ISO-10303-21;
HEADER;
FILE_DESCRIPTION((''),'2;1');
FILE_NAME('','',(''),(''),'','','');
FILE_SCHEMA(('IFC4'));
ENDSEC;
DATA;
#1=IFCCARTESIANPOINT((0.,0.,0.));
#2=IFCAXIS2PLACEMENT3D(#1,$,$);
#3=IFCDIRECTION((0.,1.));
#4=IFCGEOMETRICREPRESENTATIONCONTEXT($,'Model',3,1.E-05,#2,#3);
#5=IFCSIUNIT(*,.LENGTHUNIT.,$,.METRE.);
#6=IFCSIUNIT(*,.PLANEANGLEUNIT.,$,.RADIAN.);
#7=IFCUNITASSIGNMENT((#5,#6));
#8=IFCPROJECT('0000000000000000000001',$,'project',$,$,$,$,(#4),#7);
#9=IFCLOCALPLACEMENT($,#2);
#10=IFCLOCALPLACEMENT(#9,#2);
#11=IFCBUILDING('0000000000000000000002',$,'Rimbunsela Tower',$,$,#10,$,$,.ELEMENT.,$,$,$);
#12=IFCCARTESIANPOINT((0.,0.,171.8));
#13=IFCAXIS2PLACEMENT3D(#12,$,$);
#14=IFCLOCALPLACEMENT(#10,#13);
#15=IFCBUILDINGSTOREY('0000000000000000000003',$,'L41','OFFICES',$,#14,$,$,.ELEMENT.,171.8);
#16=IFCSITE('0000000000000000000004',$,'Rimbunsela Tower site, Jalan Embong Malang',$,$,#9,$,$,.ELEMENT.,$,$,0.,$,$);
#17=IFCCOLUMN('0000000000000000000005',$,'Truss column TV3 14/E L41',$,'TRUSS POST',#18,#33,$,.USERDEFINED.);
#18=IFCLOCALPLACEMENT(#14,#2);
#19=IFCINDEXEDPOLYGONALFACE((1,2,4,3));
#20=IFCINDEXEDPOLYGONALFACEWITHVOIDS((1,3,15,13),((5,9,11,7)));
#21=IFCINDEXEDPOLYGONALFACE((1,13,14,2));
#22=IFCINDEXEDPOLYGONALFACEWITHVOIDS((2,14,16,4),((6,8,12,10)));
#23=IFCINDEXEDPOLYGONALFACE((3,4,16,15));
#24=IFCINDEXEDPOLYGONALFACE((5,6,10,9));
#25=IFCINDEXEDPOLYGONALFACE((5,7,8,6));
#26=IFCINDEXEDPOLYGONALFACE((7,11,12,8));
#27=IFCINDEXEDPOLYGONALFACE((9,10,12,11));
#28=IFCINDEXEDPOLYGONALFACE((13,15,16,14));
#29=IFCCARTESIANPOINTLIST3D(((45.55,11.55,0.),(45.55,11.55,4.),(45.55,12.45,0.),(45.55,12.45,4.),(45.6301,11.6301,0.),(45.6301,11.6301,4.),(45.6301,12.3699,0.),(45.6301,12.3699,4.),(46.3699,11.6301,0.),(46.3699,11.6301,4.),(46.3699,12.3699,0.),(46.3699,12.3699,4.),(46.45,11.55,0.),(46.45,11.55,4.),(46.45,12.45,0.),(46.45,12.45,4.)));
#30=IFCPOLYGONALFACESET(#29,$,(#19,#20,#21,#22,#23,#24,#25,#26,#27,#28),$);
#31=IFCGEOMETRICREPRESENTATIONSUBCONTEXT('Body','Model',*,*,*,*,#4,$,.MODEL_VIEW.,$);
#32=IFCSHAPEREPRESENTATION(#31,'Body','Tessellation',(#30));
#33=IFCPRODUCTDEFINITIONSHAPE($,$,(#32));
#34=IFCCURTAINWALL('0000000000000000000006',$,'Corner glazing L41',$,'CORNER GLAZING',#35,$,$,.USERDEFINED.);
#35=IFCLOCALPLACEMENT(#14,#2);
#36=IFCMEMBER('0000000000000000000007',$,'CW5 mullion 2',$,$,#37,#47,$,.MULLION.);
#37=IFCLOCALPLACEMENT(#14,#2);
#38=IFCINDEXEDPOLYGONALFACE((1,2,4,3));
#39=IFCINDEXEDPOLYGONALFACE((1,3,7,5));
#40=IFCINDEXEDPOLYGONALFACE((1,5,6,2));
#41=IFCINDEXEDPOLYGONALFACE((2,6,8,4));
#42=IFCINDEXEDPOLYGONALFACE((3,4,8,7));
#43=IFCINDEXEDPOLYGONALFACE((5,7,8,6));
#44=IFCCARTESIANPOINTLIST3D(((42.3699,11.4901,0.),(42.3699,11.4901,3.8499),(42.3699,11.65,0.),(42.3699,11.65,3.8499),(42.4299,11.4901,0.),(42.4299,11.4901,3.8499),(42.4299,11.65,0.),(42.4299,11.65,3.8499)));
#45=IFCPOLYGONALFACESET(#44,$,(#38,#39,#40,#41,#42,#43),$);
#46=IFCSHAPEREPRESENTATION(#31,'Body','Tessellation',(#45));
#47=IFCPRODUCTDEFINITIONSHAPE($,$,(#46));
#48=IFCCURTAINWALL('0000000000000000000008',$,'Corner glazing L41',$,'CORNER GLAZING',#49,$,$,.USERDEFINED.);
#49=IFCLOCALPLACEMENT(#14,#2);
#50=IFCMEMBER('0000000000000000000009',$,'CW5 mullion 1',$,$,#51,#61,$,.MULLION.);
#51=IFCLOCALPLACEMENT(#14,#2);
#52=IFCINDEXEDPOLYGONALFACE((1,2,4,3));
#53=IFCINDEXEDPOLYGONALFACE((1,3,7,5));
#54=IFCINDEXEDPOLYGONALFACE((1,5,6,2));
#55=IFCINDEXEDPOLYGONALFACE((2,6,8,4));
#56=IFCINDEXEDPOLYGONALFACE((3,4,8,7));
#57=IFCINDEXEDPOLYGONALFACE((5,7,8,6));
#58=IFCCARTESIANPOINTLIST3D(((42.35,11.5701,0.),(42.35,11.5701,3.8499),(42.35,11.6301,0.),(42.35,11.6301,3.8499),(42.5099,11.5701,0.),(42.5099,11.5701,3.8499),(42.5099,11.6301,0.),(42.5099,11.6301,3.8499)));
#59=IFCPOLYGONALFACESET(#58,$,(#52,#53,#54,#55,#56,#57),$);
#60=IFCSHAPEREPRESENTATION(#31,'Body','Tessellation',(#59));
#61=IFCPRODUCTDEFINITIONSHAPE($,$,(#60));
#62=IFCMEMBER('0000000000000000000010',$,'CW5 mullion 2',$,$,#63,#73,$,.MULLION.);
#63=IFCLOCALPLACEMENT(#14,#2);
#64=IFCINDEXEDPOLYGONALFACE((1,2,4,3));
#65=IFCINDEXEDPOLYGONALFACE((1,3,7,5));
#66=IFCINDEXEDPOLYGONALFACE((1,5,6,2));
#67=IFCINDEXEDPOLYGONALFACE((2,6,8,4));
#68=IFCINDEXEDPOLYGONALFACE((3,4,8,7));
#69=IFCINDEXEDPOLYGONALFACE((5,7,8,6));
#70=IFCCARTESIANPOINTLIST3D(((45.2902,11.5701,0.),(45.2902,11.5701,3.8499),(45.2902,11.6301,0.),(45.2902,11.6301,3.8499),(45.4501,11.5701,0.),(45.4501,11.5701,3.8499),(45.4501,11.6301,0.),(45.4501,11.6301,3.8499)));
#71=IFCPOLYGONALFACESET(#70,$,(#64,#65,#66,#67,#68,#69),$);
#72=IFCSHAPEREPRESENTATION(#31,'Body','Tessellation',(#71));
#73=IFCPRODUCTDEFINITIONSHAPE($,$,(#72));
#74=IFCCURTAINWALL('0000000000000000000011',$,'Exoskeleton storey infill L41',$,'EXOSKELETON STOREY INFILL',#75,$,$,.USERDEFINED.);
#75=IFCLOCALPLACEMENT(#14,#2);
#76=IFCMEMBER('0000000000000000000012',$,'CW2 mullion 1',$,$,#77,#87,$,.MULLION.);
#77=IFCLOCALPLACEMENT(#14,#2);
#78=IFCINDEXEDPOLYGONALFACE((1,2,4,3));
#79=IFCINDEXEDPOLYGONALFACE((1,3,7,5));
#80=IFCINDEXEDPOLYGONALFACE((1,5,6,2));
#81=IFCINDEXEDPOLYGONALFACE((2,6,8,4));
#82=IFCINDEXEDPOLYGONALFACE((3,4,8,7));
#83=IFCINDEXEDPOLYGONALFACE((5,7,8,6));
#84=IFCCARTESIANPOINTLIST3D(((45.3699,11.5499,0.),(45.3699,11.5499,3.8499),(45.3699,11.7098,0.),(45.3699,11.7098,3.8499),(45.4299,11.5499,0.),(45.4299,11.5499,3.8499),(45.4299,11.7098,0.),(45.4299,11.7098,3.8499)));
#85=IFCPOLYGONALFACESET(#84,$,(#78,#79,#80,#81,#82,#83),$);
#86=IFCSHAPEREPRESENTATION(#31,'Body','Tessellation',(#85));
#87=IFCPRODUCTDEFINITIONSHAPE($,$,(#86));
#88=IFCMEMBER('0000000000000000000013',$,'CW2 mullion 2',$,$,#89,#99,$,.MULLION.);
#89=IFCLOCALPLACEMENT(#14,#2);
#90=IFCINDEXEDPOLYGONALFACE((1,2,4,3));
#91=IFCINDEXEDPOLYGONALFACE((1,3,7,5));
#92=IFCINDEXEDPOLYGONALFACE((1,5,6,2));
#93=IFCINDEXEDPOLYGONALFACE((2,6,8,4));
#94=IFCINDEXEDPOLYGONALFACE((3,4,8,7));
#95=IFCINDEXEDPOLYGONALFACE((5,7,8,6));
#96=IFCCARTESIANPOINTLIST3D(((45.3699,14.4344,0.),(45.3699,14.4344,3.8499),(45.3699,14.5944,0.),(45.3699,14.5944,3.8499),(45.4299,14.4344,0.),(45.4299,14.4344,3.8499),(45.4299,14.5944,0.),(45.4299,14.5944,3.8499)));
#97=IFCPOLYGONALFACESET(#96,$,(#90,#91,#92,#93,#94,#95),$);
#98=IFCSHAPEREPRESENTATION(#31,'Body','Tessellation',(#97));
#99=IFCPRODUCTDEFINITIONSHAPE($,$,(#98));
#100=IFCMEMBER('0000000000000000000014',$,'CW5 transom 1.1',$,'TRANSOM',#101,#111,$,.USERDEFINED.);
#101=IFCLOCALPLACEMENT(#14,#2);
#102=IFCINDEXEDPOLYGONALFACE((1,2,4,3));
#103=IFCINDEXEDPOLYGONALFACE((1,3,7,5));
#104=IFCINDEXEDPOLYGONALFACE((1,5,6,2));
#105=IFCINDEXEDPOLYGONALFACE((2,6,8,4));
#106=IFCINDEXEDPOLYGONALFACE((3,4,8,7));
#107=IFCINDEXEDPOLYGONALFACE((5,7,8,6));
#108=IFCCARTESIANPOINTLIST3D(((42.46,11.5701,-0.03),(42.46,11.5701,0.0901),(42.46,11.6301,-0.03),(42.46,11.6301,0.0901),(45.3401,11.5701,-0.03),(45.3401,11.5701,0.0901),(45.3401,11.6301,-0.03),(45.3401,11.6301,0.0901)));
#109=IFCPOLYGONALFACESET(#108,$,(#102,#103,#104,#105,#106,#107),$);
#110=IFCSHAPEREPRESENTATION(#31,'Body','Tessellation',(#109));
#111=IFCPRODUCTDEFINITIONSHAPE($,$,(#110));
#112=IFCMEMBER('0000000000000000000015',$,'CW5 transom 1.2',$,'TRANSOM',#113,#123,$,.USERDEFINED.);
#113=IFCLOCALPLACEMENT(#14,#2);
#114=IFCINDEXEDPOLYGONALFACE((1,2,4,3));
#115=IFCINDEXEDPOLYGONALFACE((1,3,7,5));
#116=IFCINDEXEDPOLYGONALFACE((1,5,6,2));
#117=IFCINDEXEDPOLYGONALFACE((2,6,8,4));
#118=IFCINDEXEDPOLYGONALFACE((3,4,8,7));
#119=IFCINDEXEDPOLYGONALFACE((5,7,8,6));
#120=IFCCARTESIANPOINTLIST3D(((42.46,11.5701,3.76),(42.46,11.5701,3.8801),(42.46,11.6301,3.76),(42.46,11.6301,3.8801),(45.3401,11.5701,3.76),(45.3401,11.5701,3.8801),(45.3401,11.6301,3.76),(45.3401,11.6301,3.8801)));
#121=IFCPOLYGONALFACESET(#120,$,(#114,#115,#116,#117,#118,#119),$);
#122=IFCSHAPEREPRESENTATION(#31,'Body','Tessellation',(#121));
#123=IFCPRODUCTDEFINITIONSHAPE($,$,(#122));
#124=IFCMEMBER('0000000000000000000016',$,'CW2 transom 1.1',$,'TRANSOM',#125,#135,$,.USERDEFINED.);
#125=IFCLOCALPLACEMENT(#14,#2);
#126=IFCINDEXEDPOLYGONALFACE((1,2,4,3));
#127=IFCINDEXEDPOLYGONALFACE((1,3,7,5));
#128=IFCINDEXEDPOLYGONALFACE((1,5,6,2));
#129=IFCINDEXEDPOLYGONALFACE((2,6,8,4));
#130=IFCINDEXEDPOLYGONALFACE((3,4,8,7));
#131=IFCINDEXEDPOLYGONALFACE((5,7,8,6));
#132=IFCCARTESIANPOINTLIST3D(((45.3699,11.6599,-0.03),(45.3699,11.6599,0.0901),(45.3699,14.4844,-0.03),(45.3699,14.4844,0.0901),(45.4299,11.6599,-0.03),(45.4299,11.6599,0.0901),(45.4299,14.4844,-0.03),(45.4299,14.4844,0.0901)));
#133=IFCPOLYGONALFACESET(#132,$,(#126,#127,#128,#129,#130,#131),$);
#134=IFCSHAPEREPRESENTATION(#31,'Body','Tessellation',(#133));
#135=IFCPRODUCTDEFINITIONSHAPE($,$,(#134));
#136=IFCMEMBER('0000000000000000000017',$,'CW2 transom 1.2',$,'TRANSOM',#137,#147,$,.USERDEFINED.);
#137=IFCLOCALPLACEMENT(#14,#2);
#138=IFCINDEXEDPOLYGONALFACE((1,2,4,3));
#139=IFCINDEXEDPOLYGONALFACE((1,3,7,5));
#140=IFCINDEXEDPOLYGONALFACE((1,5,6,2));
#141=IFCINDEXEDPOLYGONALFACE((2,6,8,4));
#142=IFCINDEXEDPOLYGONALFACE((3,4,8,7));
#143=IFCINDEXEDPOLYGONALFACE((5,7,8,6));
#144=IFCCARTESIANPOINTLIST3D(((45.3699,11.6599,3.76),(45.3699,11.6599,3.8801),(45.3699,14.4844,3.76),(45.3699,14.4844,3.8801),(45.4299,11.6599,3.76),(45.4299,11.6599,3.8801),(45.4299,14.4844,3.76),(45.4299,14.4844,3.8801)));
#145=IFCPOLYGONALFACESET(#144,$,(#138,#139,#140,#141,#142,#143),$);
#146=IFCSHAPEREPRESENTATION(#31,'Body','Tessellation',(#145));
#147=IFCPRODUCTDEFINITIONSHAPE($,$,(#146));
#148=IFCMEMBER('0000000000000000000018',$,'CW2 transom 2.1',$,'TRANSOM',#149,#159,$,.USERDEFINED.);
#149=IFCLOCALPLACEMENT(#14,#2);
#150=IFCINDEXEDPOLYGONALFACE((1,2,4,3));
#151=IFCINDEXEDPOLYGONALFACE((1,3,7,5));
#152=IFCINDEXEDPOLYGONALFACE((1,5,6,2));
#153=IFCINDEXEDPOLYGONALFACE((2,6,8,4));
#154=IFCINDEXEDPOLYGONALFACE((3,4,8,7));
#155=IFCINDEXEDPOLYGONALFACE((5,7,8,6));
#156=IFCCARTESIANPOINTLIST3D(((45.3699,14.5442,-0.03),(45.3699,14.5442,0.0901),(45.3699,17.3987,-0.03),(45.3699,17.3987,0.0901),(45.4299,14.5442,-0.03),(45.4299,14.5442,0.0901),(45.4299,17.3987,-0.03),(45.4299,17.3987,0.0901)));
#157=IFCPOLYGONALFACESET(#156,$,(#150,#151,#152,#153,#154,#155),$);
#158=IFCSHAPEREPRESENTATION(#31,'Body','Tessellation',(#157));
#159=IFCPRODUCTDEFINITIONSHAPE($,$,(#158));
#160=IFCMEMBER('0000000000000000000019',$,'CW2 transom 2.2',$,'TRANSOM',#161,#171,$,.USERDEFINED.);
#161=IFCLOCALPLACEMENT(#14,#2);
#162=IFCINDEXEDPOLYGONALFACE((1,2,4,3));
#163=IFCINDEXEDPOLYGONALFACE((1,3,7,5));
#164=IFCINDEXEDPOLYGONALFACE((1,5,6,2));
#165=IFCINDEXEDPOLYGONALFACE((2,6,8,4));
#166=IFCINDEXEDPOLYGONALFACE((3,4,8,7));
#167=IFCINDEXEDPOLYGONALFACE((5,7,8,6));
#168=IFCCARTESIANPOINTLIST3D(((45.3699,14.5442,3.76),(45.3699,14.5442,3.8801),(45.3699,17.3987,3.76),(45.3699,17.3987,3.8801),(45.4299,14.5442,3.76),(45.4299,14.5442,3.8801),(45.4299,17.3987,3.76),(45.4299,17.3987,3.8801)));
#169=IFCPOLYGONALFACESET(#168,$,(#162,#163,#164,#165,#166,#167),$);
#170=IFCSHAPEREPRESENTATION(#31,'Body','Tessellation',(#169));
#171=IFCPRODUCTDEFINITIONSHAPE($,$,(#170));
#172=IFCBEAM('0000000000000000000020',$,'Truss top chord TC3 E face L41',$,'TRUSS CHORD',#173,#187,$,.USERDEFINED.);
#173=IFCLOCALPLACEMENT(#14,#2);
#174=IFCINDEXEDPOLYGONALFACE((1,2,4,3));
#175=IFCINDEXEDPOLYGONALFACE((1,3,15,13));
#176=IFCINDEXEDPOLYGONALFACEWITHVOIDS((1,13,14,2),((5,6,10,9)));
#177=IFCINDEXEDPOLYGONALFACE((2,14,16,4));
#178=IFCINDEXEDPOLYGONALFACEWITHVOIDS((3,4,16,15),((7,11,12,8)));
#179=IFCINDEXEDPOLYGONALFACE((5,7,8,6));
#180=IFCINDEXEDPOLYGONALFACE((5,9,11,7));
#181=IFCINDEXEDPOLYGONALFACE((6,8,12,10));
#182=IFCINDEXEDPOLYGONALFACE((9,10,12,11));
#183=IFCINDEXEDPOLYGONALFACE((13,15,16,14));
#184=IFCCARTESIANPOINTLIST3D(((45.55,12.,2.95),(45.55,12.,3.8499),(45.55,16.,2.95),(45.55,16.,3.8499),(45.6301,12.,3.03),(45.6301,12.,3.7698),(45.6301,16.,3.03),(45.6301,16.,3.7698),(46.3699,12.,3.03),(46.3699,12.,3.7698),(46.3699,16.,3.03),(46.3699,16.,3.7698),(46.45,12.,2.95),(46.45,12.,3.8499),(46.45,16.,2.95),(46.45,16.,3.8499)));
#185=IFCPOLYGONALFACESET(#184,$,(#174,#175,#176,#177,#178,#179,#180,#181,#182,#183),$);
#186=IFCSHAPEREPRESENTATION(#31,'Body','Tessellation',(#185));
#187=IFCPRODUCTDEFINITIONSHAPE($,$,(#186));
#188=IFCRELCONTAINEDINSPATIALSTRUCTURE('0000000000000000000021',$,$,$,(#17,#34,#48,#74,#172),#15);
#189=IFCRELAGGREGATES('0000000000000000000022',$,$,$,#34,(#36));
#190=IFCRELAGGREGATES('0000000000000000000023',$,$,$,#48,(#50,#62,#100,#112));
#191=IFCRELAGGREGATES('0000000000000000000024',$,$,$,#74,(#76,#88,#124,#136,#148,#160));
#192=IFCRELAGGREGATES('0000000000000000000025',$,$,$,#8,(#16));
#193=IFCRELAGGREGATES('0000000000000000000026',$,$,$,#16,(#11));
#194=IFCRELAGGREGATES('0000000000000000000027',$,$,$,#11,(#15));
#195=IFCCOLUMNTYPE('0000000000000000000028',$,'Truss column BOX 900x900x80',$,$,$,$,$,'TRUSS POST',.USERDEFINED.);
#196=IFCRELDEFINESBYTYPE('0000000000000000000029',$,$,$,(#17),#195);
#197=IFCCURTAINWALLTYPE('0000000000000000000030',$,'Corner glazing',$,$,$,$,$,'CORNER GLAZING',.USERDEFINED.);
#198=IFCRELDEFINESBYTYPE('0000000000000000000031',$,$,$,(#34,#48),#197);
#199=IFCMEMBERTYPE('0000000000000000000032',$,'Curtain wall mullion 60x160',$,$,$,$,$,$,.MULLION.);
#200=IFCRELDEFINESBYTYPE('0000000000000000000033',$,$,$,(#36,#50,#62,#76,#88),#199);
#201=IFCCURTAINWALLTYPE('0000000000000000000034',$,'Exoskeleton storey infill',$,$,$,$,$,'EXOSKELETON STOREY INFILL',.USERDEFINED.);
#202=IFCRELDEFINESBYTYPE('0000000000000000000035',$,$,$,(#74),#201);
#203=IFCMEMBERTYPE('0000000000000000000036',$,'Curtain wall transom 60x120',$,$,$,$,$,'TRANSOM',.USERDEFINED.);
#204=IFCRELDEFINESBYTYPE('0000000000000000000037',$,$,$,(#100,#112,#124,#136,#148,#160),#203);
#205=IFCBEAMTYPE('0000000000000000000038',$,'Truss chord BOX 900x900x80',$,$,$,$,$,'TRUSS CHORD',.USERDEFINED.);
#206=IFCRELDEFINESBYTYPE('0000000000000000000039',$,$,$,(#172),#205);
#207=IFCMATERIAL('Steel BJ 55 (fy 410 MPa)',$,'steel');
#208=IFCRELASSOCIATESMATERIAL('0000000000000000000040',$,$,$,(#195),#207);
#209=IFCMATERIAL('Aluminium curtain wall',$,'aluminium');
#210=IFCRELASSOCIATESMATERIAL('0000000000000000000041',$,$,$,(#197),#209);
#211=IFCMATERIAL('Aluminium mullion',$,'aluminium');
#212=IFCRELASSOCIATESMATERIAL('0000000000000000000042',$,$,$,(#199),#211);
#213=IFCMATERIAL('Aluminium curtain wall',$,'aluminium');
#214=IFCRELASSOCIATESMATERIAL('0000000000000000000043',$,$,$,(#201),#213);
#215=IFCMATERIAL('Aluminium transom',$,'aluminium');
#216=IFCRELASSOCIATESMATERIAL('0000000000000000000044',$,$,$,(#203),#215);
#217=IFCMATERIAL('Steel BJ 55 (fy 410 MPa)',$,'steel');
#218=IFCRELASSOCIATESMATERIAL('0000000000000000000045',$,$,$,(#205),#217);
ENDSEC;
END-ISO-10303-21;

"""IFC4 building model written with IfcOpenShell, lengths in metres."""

from ifc_helpers import new_model, si_unit, direction, frame, origin, origin_2d, place, context, subcontext, project, spatial, rectangle, hollow_rectangle, extrude, material, material_profile, profile_set, type_object, element, aggregate, save


model = new_model("IFC4")

# Units and contexts
model_context = context("Model", 3, precision=1e-05, world=origin(), true_north=direction((0.0, 1.0)))
body_context = subcontext(model_context, "Body", "Model", "MODEL_VIEW")
ifc_project = project(units=[si_unit("LENGTHUNIT", "METRE"), si_unit("PLANEANGLEUNIT", "RADIAN")], contexts=[model_context])

# Site, building, storey
site_placement = place(None, origin())
site = spatial("IfcSite", under=ifc_project, at=site_placement, Name="Rimbunsela Tower site, Jalan Embong Malang", CompositionType="ELEMENT", RefElevation=0.0)
building_placement = place(site_placement, origin())
building = spatial("IfcBuilding", under=site, at=building_placement, Name="Rimbunsela Tower", CompositionType="ELEMENT")
storey_placement = place(building_placement, frame((0.0, 0.0, 171.8)))
storey = spatial("IfcBuildingStorey", under=building, at=storey_placement, Name="L41", Description="OFFICES", CompositionType="ELEMENT", Elevation=171.8)

# Column
ifc_material_1 = material(Name="Steel BJ 55 (fy 410 MPa)", Category="steel")
ifc_material_profile_1 = material_profile(ifc_material_1, hollow_rectangle(XDim=0.8999, YDim=0.8999, WallThickness=0.0801, at=origin_2d()), Name="BOX 900x900x80")
ifc_profile_set_1 = profile_set([ifc_material_profile_1], Name="Steel BJ 55 (fy 410 MPa)")
column_type = type_object("IfcColumnType", Name="Truss column BOX 900x900x80", ElementType="TRUSS POST", PredefinedType="USERDEFINED", material=ifc_profile_set_1)
column_placement = place(storey_placement, frame((46.0, 12.0, 0.0), z_axis=(0.0, 0.0, 1.0), x_axis=(1.0, 0.0, 0.0)))
element("IfcColumn", 1, at=column_placement, inside=storey, type_object=column_type, Name="Truss column TV3 14/E L41", ObjectType="TRUSS POST", PredefinedType="USERDEFINED", context=body_context, shape_type="SweptSolid", body=[
    extrude(hollow_rectangle(XDim=0.8999, YDim=0.8999, WallThickness=0.0801, at=origin_2d()), origin(), (0.0, 0.0, 1.0), 4.0),
])

# Curtain wall, member
ifc_material_2 = material(Name="Aluminium curtain wall", Category="aluminium")
curtain_wall_type_1 = type_object("IfcCurtainWallType", Name="Corner glazing", ElementType="CORNER GLAZING", PredefinedType="USERDEFINED", material=ifc_material_2)
curtain_wall_1_placement = place(storey_placement, origin())
curtain_wall_1 = element("IfcCurtainWall", 2, at=curtain_wall_1_placement, inside=storey, type_object=curtain_wall_type_1, Name="Corner glazing L41", ObjectType="CORNER GLAZING", PredefinedType="USERDEFINED")
ifc_material_3 = material(Name="Aluminium mullion", Category="aluminium")
ifc_material_profile_2 = material_profile(ifc_material_3, rectangle(XDim=0.0601, YDim=0.1599, at=origin_2d()), Name="Mullion 60x160")
ifc_profile_set_2 = profile_set([ifc_material_profile_2], Name="Aluminium mullion")
member_type_1 = type_object("IfcMemberType", Name="Curtain wall mullion 60x160", PredefinedType="MULLION", material=ifc_profile_set_2)
member_1_placement = place(storey_placement, frame((42.3999, 11.5701, 0.0), z_axis=(0.0, 0.0, 1.0), x_axis=(-1.0, 0.0, 0.0)))
member_1 = element("IfcMember", 3, at=member_1_placement, type_object=member_type_1, Name="CW5 mullion 2", PredefinedType="MULLION", context=body_context, shape_type="SweptSolid", body=[
    extrude(rectangle(XDim=0.0601, YDim=0.1599, at=origin_2d()), origin(), (0.0, 0.0, 1.0), 3.8499),
])
aggregate(curtain_wall_1, [member_1])

# Curtain walls, members
curtain_wall_2_placement = place(storey_placement, origin())
curtain_wall_2 = element("IfcCurtainWall", 4, at=curtain_wall_2_placement, inside=storey, type_object=curtain_wall_type_1, Name="Corner glazing L41", ObjectType="CORNER GLAZING", PredefinedType="USERDEFINED")
member_2_placement = place(storey_placement, frame((42.4299, 11.6001, 0.0), z_axis=(0.0, 0.0, 1.0), x_axis=(0.0, 1.0, 0.0)))
member_2 = element("IfcMember", 5, at=member_2_placement, type_object=member_type_1, Name="CW5 mullion 1", PredefinedType="MULLION", context=body_context, shape_type="SweptSolid", body=[
    extrude(rectangle(XDim=0.0601, YDim=0.1599, at=origin_2d()), origin(), (0.0, 0.0, 1.0), 3.8499),
])
member_3_placement = place(storey_placement, frame((45.3701, 11.6001, 0.0), z_axis=(0.0, 0.0, 1.0), x_axis=(0.0, 1.0, 0.0)))
member_3 = element("IfcMember", 6, at=member_3_placement, type_object=member_type_1, Name="CW5 mullion 2", PredefinedType="MULLION", context=body_context, shape_type="SweptSolid", body=[
    extrude(rectangle(XDim=0.0601, YDim=0.1599, at=origin_2d()), origin(), (0.0, 0.0, 1.0), 3.8499),
])
ifc_material_4 = material(Name="Aluminium curtain wall", Category="aluminium")
curtain_wall_type_2 = type_object("IfcCurtainWallType", Name="Exoskeleton storey infill", ElementType="EXOSKELETON STOREY INFILL", PredefinedType="USERDEFINED", material=ifc_material_4)
curtain_wall_3_placement = place(storey_placement, origin())
curtain_wall_3 = element("IfcCurtainWall", 7, at=curtain_wall_3_placement, inside=storey, type_object=curtain_wall_type_2, Name="Exoskeleton storey infill L41", ObjectType="EXOSKELETON STOREY INFILL", PredefinedType="USERDEFINED")
member_4_placement = place(storey_placement, frame((45.3999, 11.6299, 0.0), z_axis=(0.0, 0.0, 1.0), x_axis=(-1.0, 0.0, 0.0)))
member_4 = element("IfcMember", 8, at=member_4_placement, type_object=member_type_1, Name="CW2 mullion 1", PredefinedType="MULLION", context=body_context, shape_type="SweptSolid", body=[
    extrude(rectangle(XDim=0.0601, YDim=0.1599, at=origin_2d()), origin(), (0.0, 0.0, 1.0), 3.8499),
])
member_5_placement = place(storey_placement, frame((45.3999, 14.5144, 0.0), z_axis=(0.0, 0.0, 1.0), x_axis=(-1.0, 0.0, 0.0)))
member_5 = element("IfcMember", 9, at=member_5_placement, type_object=member_type_1, Name="CW2 mullion 2", PredefinedType="MULLION", context=body_context, shape_type="SweptSolid", body=[
    extrude(rectangle(XDim=0.0601, YDim=0.1599, at=origin_2d()), origin(), (0.0, 0.0, 1.0), 3.8499),
])

# Members
ifc_material_5 = material(Name="Aluminium transom", Category="aluminium")
ifc_material_profile_3 = material_profile(ifc_material_5, rectangle(XDim=0.0601, YDim=0.1201, at=origin_2d()), Name="Transom 60x120")
ifc_profile_set_3 = profile_set([ifc_material_profile_3], Name="Aluminium transom")
member_type_2 = type_object("IfcMemberType", Name="Curtain wall transom 60x120", ElementType="TRANSOM", PredefinedType="USERDEFINED", material=ifc_profile_set_3)
member_6_placement = place(storey_placement, frame((42.46, 11.6001, 0.03), z_axis=(1.0, 0.0, 0.0), x_axis=(0.0, 1.0, 0.0)))
member_6 = element("IfcMember", 10, at=member_6_placement, type_object=member_type_2, Name="CW5 transom 1.1", ObjectType="TRANSOM", PredefinedType="USERDEFINED", context=body_context, shape_type="SweptSolid", body=[
    extrude(rectangle(XDim=0.0601, YDim=0.1201, at=origin_2d()), origin(), (0.0, 0.0, 1.0), 2.8801),
])
member_7_placement = place(storey_placement, frame((42.46, 11.6001, 3.8201), z_axis=(1.0, 0.0, 0.0), x_axis=(0.0, 1.0, 0.0)))
member_7 = element("IfcMember", 11, at=member_7_placement, type_object=member_type_2, Name="CW5 transom 1.2", ObjectType="TRANSOM", PredefinedType="USERDEFINED", context=body_context, shape_type="SweptSolid", body=[
    extrude(rectangle(XDim=0.0601, YDim=0.1201, at=origin_2d()), origin(), (0.0, 0.0, 1.0), 2.8801),
])
member_8_placement = place(storey_placement, frame((45.3999, 11.6599, 0.03), z_axis=(0.0, 1.0, 0.0), x_axis=(-1.0, 0.0, 0.0)))
member_8 = element("IfcMember", 12, at=member_8_placement, type_object=member_type_2, Name="CW2 transom 1.1", ObjectType="TRANSOM", PredefinedType="USERDEFINED", context=body_context, shape_type="SweptSolid", body=[
    extrude(rectangle(XDim=0.0601, YDim=0.1201, at=origin_2d()), origin(), (0.0, 0.0, 1.0), 2.8245),
])
member_9_placement = place(storey_placement, frame((45.3999, 11.6599, 3.8201), z_axis=(0.0, 1.0, 0.0), x_axis=(-1.0, 0.0, 0.0)))
member_9 = element("IfcMember", 13, at=member_9_placement, type_object=member_type_2, Name="CW2 transom 1.2", ObjectType="TRANSOM", PredefinedType="USERDEFINED", context=body_context, shape_type="SweptSolid", body=[
    extrude(rectangle(XDim=0.0601, YDim=0.1201, at=origin_2d()), origin(), (0.0, 0.0, 1.0), 2.8245),
])
member_10_placement = place(storey_placement, frame((45.3999, 14.5442, 0.03), z_axis=(0.0, 1.0, 0.0), x_axis=(-1.0, 0.0, 0.0)))
member_10 = element("IfcMember", 14, at=member_10_placement, type_object=member_type_2, Name="CW2 transom 2.1", ObjectType="TRANSOM", PredefinedType="USERDEFINED", context=body_context, shape_type="SweptSolid", body=[
    extrude(rectangle(XDim=0.0601, YDim=0.1201, at=origin_2d()), origin(), (0.0, 0.0, 1.0), 2.8545),
])
member_11_placement = place(storey_placement, frame((45.3999, 14.5442, 3.8201), z_axis=(0.0, 1.0, 0.0), x_axis=(-1.0, 0.0, 0.0)))
member_11 = element("IfcMember", 15, at=member_11_placement, type_object=member_type_2, Name="CW2 transom 2.2", ObjectType="TRANSOM", PredefinedType="USERDEFINED", context=body_context, shape_type="SweptSolid", body=[
    extrude(rectangle(XDim=0.0601, YDim=0.1201, at=origin_2d()), origin(), (0.0, 0.0, 1.0), 2.8545),
])

# Beam
ifc_material_6 = material(Name="Steel BJ 55 (fy 410 MPa)", Category="steel")
ifc_material_profile_4 = material_profile(ifc_material_6, hollow_rectangle(XDim=0.8999, YDim=0.8999, WallThickness=0.0801, at=origin_2d()), Name="BOX 900x900x80")
ifc_profile_set_4 = profile_set([ifc_material_profile_4], Name="Steel BJ 55 (fy 410 MPa)")
beam_type = type_object("IfcBeamType", Name="Truss chord BOX 900x900x80", ElementType="TRUSS CHORD", PredefinedType="USERDEFINED", material=ifc_profile_set_4)
for number, where, z_axis, x_axis, name in (
    (16, (46.0, 12.0, 3.3999), (0.0, 1.0, 0.0), (-1.0, 0.0, 0.0), "Truss top chord TC3 E face L41"),
):
    element("IfcBeam", number, at=place(storey_placement, frame(where, z_axis=z_axis, x_axis=x_axis)), inside=storey, type_object=beam_type, Name=name, ObjectType="TRUSS CHORD", PredefinedType="USERDEFINED", context=body_context, shape_type="SweptSolid", body=[
        extrude(hollow_rectangle(XDim=0.8999, YDim=0.8999, WallThickness=0.0801, at=origin_2d()), origin(), (0.0, 0.0, 1.0), 4.0),
    ])

aggregate(curtain_wall_2, [member_2, member_3, member_6, member_7])
aggregate(curtain_wall_3, [member_4, member_5, member_8, member_9, member_10, member_11])

save(model, "model.ifc")
